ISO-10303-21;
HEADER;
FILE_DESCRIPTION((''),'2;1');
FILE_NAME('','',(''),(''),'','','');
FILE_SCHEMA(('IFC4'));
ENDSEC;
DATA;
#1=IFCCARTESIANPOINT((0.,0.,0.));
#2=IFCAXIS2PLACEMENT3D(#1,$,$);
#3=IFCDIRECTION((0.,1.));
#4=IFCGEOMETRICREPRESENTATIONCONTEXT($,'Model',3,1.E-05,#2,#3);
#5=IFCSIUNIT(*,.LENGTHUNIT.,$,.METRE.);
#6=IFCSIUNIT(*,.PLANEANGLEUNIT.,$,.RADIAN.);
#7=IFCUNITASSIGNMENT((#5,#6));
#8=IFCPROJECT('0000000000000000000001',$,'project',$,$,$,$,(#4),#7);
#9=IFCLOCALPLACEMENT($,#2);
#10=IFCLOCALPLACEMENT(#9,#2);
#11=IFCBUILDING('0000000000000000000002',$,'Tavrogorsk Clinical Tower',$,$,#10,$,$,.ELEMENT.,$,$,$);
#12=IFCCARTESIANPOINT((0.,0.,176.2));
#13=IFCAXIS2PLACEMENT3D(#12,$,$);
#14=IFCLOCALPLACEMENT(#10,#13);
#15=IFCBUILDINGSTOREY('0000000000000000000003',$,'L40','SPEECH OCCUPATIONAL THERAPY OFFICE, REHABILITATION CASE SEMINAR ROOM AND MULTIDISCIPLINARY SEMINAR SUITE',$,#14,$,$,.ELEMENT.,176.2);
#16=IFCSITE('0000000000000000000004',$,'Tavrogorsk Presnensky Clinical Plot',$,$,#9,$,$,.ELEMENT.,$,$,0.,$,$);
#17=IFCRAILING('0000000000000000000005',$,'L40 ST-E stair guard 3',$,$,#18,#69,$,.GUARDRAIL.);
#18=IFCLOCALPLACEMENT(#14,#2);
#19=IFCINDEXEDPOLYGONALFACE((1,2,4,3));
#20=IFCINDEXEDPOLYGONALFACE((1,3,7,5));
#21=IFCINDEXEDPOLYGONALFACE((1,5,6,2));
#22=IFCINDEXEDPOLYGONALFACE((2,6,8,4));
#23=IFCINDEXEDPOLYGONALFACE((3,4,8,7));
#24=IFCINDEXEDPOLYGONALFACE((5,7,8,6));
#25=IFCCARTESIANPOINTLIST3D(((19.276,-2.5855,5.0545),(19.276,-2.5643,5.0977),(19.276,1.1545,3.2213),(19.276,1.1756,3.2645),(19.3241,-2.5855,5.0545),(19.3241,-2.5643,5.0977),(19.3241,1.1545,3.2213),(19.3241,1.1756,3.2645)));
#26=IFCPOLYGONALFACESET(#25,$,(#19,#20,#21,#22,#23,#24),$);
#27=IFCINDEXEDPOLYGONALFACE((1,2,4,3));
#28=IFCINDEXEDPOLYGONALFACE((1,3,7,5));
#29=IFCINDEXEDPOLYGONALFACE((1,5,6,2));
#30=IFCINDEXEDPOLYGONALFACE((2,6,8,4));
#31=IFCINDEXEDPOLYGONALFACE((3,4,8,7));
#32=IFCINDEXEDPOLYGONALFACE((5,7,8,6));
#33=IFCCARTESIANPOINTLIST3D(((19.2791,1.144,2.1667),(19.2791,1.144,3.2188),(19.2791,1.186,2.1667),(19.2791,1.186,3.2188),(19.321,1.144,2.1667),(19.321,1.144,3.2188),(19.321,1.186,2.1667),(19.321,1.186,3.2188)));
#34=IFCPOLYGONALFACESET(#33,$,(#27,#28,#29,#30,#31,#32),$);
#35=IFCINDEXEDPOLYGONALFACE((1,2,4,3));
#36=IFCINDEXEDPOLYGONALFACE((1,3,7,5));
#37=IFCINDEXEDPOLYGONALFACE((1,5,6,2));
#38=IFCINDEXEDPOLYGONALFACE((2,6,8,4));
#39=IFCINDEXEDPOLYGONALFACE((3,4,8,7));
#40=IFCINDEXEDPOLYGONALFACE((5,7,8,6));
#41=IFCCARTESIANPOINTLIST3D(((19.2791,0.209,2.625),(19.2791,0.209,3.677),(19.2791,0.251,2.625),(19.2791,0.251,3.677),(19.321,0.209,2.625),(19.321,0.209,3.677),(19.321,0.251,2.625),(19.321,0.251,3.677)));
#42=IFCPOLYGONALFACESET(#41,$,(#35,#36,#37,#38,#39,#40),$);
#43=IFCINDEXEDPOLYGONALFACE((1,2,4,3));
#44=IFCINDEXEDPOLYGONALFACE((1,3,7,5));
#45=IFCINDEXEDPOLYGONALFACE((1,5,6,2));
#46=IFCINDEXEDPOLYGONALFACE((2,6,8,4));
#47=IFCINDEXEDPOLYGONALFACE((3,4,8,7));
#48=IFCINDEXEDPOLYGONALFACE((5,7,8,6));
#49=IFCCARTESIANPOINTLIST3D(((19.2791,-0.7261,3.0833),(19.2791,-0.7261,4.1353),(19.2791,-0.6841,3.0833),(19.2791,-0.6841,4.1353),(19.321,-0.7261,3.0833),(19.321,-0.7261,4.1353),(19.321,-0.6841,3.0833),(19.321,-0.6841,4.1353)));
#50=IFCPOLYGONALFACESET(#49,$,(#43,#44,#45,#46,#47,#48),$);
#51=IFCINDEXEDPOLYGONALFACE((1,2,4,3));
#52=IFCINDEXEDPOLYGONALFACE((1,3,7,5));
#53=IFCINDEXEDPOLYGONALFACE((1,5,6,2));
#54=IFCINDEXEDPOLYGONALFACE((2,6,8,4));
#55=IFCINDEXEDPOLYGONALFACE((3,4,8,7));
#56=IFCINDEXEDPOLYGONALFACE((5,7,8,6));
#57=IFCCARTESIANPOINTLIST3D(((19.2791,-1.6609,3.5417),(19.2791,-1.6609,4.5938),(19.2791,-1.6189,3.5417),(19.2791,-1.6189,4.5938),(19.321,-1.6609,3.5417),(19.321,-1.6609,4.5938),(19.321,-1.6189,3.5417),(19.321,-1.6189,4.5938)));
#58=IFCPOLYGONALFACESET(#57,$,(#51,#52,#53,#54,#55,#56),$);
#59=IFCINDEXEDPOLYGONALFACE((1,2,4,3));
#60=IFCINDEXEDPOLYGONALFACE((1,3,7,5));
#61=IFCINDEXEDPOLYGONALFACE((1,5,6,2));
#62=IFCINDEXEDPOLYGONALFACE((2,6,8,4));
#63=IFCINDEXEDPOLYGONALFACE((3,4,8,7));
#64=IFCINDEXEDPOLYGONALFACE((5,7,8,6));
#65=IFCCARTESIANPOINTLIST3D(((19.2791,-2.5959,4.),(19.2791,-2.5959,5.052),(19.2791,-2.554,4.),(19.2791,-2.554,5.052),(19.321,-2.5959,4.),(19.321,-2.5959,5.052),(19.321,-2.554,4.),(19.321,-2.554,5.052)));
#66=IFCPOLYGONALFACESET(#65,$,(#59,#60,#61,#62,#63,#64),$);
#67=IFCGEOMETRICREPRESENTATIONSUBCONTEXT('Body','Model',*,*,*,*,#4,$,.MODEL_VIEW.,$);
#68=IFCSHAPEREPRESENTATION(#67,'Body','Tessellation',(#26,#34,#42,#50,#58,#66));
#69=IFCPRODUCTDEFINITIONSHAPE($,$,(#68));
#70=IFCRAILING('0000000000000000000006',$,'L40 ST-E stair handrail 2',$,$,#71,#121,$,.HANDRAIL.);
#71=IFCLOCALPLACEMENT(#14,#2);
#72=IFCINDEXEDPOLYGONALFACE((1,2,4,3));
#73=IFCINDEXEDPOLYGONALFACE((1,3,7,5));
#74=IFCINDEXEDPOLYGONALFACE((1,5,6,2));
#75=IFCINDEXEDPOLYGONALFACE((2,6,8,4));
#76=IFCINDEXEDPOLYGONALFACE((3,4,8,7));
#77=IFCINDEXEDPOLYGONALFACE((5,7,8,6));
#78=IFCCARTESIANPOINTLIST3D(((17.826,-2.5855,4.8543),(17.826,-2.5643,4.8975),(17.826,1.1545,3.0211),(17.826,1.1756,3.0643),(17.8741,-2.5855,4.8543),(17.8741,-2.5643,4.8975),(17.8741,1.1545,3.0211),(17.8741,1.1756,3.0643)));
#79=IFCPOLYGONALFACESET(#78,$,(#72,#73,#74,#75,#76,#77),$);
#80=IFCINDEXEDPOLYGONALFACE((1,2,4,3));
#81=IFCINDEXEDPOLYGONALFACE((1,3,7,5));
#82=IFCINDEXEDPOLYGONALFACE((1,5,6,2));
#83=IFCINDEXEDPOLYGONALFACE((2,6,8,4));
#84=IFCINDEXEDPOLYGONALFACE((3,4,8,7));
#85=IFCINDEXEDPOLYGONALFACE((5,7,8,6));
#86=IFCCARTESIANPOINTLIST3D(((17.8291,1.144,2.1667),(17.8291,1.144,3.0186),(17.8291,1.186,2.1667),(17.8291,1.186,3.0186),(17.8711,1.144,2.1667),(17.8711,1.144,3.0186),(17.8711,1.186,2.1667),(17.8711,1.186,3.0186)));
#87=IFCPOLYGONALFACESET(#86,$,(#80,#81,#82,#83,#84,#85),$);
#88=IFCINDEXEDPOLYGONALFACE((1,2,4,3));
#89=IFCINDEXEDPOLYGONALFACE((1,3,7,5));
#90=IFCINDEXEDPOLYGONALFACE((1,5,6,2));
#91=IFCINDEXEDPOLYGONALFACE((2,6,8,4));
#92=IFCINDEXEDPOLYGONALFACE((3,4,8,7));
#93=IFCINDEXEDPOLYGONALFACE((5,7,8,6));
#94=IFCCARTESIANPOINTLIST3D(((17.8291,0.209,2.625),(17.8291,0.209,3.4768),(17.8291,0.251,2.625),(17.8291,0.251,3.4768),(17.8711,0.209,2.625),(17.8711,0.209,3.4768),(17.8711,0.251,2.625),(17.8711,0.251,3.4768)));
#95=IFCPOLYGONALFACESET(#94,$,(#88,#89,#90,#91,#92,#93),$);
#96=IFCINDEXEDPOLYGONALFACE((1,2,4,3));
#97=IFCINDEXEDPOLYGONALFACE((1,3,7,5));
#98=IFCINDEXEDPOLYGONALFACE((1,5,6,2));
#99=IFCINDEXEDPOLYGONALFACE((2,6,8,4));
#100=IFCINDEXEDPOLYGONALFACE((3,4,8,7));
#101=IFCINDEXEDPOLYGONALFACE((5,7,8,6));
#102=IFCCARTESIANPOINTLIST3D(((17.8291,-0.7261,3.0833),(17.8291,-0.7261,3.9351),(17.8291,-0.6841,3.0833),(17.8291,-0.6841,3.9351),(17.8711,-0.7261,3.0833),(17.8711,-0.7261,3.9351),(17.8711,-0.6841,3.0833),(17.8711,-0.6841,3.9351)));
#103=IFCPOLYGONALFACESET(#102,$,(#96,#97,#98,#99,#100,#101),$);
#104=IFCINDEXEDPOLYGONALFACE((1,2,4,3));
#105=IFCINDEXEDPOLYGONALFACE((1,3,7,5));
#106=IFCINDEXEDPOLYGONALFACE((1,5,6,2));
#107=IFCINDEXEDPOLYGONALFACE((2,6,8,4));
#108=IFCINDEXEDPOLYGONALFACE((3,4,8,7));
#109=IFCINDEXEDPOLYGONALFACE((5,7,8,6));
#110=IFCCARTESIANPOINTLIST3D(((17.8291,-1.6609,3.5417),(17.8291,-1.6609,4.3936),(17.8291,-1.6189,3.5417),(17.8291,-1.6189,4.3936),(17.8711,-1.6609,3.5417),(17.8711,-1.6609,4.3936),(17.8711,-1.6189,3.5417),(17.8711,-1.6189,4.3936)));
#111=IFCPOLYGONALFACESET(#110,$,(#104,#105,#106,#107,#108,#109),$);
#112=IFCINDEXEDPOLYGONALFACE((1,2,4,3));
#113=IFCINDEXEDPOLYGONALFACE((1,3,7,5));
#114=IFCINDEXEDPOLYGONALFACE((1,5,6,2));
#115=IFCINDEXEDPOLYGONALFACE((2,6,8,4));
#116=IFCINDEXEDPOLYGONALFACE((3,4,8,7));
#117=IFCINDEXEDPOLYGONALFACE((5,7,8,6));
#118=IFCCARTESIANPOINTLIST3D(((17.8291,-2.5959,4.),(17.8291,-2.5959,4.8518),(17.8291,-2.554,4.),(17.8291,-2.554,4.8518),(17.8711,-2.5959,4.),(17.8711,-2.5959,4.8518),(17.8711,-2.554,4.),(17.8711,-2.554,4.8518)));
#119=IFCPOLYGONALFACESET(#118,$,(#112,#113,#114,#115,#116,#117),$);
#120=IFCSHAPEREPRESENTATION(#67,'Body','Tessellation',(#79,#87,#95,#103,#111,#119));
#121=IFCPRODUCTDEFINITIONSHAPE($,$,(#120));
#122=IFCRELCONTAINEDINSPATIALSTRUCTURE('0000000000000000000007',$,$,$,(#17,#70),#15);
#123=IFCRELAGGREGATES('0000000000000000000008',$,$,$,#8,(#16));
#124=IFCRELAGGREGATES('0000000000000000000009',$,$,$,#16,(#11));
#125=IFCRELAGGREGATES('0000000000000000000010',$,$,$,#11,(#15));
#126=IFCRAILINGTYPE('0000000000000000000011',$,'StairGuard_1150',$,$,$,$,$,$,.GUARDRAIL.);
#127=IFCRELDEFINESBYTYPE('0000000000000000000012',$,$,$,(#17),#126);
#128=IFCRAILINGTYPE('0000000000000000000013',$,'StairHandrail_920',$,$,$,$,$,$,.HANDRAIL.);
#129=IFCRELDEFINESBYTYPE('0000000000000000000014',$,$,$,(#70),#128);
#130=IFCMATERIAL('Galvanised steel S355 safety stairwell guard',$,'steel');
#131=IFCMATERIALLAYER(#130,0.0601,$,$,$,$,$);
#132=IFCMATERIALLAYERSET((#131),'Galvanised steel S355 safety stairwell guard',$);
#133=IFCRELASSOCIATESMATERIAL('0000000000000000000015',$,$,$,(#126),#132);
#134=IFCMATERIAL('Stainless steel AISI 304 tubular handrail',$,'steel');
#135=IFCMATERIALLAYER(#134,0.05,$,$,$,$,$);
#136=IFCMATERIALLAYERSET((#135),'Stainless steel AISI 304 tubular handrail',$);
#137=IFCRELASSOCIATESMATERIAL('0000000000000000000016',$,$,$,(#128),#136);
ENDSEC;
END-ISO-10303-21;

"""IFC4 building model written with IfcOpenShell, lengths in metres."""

from ifc_helpers import new_model, si_unit, direction, frame, origin, origin_2d, place, context, subcontext, project, spatial, rectangle, extrude, material, layer, layer_set, type_object, element, save


model = new_model("IFC4")

# Units and contexts
model_context = context("Model", 3, precision=1e-05, world=origin(), true_north=direction((0.0, 1.0)))
body_context = subcontext(model_context, "Body", "Model", "MODEL_VIEW")
ifc_project = project(units=[si_unit("LENGTHUNIT", "METRE"), si_unit("PLANEANGLEUNIT", "RADIAN")], contexts=[model_context])

# Site, building, storey
site_placement = place(None, origin())
site = spatial("IfcSite", under=ifc_project, at=site_placement, Name="Tavrogorsk Presnensky Clinical Plot", CompositionType="ELEMENT", RefElevation=0.0)
building_placement = place(site_placement, origin())
building = spatial("IfcBuilding", under=site, at=building_placement, Name="Tavrogorsk Clinical Tower", CompositionType="ELEMENT")
storey_placement = place(building_placement, frame((0.0, 0.0, 176.2)))
storey = spatial("IfcBuildingStorey", under=building, at=storey_placement, Name="L40", Description="SPEECH OCCUPATIONAL THERAPY OFFICE, REHABILITATION CASE SEMINAR ROOM AND MULTIDISCIPLINARY SEMINAR SUITE", CompositionType="ELEMENT", Elevation=176.2)

# Railings
ifc_material_1 = material(Name="Galvanised steel S355 safety stairwell guard", Category="steel")
ifc_layer_1 = layer(ifc_material_1, 0.0601)
ifc_layer_set_1 = layer_set([ifc_layer_1], Name="Galvanised steel S355 safety stairwell guard")
railing_type_1 = type_object("IfcRailingType", Name="StairGuard_1150", PredefinedType="GUARDRAIL", material=ifc_layer_set_1)
railing_1_placement = place(storey_placement, frame((19.3, 1.165, 2.1667)))
element("IfcRailing", 1, at=railing_1_placement, inside=storey, type_object=railing_type_1, Name="L40 ST-E stair guard 3", PredefinedType="GUARDRAIL", context=body_context, shape_type="SweptSolid", body=[
    extrude(rectangle(XDim=0.0481, YDim=0.0481, at=origin_2d()), frame((0.0, 0.0, 1.0762), z_axis=(0.0, -0.897928, 0.440142), x_axis=(1.0, 0.0, 0.0)), (0.0, 0.0, 1.0), 4.165),
    extrude(rectangle(XDim=0.042, YDim=0.042, at=origin_2d()), origin(), (0.0, 0.0, 1.0), 1.052),
    extrude(rectangle(XDim=0.042, YDim=0.042, at=origin_2d()), frame((0.0, -0.9351, 0.4583)), (0.0, 0.0, 1.0), 1.052),
    extrude(rectangle(XDim=0.042, YDim=0.042, at=origin_2d()), frame((0.0, -1.8701, 0.9165)), (0.0, 0.0, 1.0), 1.052),
    extrude(rectangle(XDim=0.042, YDim=0.042, at=origin_2d()), frame((0.0, -2.8049, 1.375)), (0.0, 0.0, 1.0), 1.052),
    extrude(rectangle(XDim=0.042, YDim=0.042, at=origin_2d()), frame((0.0, -3.74, 1.8333)), (0.0, 0.0, 1.0), 1.052),
])
ifc_material_2 = material(Name="Stainless steel AISI 304 tubular handrail", Category="steel")
ifc_layer_2 = layer(ifc_material_2, 0.05)
ifc_layer_set_2 = layer_set([ifc_layer_2], Name="Stainless steel AISI 304 tubular handrail")
railing_type_2 = type_object("IfcRailingType", Name="StairHandrail_920", PredefinedType="HANDRAIL", material=ifc_layer_set_2)
railing_2_placement = place(storey_placement, frame((17.8501, 1.165, 2.1667)))
element("IfcRailing", 2, at=railing_2_placement, inside=storey, type_object=railing_type_2, Name="L40 ST-E stair handrail 2", PredefinedType="HANDRAIL", context=body_context, shape_type="SweptSolid", body=[
    extrude(rectangle(XDim=0.0481, YDim=0.0481, at=origin_2d()), frame((0.0, 0.0, 0.876), z_axis=(0.0, -0.897928, 0.440142), x_axis=(1.0, 0.0, 0.0)), (0.0, 0.0, 1.0), 4.165),
    extrude(rectangle(XDim=0.042, YDim=0.042, at=origin_2d()), origin(), (0.0, 0.0, 1.0), 0.8518),
    extrude(rectangle(XDim=0.042, YDim=0.042, at=origin_2d()), frame((0.0, -0.9351, 0.4583)), (0.0, 0.0, 1.0), 0.8518),
    extrude(rectangle(XDim=0.042, YDim=0.042, at=origin_2d()), frame((0.0, -1.8701, 0.9165)), (0.0, 0.0, 1.0), 0.8518),
    extrude(rectangle(XDim=0.042, YDim=0.042, at=origin_2d()), frame((0.0, -2.8049, 1.375)), (0.0, 0.0, 1.0), 0.8518),
    extrude(rectangle(XDim=0.042, YDim=0.042, at=origin_2d()), frame((0.0, -3.74, 1.8333)), (0.0, 0.0, 1.0), 0.8518),
])

save(model, "model.ifc")
